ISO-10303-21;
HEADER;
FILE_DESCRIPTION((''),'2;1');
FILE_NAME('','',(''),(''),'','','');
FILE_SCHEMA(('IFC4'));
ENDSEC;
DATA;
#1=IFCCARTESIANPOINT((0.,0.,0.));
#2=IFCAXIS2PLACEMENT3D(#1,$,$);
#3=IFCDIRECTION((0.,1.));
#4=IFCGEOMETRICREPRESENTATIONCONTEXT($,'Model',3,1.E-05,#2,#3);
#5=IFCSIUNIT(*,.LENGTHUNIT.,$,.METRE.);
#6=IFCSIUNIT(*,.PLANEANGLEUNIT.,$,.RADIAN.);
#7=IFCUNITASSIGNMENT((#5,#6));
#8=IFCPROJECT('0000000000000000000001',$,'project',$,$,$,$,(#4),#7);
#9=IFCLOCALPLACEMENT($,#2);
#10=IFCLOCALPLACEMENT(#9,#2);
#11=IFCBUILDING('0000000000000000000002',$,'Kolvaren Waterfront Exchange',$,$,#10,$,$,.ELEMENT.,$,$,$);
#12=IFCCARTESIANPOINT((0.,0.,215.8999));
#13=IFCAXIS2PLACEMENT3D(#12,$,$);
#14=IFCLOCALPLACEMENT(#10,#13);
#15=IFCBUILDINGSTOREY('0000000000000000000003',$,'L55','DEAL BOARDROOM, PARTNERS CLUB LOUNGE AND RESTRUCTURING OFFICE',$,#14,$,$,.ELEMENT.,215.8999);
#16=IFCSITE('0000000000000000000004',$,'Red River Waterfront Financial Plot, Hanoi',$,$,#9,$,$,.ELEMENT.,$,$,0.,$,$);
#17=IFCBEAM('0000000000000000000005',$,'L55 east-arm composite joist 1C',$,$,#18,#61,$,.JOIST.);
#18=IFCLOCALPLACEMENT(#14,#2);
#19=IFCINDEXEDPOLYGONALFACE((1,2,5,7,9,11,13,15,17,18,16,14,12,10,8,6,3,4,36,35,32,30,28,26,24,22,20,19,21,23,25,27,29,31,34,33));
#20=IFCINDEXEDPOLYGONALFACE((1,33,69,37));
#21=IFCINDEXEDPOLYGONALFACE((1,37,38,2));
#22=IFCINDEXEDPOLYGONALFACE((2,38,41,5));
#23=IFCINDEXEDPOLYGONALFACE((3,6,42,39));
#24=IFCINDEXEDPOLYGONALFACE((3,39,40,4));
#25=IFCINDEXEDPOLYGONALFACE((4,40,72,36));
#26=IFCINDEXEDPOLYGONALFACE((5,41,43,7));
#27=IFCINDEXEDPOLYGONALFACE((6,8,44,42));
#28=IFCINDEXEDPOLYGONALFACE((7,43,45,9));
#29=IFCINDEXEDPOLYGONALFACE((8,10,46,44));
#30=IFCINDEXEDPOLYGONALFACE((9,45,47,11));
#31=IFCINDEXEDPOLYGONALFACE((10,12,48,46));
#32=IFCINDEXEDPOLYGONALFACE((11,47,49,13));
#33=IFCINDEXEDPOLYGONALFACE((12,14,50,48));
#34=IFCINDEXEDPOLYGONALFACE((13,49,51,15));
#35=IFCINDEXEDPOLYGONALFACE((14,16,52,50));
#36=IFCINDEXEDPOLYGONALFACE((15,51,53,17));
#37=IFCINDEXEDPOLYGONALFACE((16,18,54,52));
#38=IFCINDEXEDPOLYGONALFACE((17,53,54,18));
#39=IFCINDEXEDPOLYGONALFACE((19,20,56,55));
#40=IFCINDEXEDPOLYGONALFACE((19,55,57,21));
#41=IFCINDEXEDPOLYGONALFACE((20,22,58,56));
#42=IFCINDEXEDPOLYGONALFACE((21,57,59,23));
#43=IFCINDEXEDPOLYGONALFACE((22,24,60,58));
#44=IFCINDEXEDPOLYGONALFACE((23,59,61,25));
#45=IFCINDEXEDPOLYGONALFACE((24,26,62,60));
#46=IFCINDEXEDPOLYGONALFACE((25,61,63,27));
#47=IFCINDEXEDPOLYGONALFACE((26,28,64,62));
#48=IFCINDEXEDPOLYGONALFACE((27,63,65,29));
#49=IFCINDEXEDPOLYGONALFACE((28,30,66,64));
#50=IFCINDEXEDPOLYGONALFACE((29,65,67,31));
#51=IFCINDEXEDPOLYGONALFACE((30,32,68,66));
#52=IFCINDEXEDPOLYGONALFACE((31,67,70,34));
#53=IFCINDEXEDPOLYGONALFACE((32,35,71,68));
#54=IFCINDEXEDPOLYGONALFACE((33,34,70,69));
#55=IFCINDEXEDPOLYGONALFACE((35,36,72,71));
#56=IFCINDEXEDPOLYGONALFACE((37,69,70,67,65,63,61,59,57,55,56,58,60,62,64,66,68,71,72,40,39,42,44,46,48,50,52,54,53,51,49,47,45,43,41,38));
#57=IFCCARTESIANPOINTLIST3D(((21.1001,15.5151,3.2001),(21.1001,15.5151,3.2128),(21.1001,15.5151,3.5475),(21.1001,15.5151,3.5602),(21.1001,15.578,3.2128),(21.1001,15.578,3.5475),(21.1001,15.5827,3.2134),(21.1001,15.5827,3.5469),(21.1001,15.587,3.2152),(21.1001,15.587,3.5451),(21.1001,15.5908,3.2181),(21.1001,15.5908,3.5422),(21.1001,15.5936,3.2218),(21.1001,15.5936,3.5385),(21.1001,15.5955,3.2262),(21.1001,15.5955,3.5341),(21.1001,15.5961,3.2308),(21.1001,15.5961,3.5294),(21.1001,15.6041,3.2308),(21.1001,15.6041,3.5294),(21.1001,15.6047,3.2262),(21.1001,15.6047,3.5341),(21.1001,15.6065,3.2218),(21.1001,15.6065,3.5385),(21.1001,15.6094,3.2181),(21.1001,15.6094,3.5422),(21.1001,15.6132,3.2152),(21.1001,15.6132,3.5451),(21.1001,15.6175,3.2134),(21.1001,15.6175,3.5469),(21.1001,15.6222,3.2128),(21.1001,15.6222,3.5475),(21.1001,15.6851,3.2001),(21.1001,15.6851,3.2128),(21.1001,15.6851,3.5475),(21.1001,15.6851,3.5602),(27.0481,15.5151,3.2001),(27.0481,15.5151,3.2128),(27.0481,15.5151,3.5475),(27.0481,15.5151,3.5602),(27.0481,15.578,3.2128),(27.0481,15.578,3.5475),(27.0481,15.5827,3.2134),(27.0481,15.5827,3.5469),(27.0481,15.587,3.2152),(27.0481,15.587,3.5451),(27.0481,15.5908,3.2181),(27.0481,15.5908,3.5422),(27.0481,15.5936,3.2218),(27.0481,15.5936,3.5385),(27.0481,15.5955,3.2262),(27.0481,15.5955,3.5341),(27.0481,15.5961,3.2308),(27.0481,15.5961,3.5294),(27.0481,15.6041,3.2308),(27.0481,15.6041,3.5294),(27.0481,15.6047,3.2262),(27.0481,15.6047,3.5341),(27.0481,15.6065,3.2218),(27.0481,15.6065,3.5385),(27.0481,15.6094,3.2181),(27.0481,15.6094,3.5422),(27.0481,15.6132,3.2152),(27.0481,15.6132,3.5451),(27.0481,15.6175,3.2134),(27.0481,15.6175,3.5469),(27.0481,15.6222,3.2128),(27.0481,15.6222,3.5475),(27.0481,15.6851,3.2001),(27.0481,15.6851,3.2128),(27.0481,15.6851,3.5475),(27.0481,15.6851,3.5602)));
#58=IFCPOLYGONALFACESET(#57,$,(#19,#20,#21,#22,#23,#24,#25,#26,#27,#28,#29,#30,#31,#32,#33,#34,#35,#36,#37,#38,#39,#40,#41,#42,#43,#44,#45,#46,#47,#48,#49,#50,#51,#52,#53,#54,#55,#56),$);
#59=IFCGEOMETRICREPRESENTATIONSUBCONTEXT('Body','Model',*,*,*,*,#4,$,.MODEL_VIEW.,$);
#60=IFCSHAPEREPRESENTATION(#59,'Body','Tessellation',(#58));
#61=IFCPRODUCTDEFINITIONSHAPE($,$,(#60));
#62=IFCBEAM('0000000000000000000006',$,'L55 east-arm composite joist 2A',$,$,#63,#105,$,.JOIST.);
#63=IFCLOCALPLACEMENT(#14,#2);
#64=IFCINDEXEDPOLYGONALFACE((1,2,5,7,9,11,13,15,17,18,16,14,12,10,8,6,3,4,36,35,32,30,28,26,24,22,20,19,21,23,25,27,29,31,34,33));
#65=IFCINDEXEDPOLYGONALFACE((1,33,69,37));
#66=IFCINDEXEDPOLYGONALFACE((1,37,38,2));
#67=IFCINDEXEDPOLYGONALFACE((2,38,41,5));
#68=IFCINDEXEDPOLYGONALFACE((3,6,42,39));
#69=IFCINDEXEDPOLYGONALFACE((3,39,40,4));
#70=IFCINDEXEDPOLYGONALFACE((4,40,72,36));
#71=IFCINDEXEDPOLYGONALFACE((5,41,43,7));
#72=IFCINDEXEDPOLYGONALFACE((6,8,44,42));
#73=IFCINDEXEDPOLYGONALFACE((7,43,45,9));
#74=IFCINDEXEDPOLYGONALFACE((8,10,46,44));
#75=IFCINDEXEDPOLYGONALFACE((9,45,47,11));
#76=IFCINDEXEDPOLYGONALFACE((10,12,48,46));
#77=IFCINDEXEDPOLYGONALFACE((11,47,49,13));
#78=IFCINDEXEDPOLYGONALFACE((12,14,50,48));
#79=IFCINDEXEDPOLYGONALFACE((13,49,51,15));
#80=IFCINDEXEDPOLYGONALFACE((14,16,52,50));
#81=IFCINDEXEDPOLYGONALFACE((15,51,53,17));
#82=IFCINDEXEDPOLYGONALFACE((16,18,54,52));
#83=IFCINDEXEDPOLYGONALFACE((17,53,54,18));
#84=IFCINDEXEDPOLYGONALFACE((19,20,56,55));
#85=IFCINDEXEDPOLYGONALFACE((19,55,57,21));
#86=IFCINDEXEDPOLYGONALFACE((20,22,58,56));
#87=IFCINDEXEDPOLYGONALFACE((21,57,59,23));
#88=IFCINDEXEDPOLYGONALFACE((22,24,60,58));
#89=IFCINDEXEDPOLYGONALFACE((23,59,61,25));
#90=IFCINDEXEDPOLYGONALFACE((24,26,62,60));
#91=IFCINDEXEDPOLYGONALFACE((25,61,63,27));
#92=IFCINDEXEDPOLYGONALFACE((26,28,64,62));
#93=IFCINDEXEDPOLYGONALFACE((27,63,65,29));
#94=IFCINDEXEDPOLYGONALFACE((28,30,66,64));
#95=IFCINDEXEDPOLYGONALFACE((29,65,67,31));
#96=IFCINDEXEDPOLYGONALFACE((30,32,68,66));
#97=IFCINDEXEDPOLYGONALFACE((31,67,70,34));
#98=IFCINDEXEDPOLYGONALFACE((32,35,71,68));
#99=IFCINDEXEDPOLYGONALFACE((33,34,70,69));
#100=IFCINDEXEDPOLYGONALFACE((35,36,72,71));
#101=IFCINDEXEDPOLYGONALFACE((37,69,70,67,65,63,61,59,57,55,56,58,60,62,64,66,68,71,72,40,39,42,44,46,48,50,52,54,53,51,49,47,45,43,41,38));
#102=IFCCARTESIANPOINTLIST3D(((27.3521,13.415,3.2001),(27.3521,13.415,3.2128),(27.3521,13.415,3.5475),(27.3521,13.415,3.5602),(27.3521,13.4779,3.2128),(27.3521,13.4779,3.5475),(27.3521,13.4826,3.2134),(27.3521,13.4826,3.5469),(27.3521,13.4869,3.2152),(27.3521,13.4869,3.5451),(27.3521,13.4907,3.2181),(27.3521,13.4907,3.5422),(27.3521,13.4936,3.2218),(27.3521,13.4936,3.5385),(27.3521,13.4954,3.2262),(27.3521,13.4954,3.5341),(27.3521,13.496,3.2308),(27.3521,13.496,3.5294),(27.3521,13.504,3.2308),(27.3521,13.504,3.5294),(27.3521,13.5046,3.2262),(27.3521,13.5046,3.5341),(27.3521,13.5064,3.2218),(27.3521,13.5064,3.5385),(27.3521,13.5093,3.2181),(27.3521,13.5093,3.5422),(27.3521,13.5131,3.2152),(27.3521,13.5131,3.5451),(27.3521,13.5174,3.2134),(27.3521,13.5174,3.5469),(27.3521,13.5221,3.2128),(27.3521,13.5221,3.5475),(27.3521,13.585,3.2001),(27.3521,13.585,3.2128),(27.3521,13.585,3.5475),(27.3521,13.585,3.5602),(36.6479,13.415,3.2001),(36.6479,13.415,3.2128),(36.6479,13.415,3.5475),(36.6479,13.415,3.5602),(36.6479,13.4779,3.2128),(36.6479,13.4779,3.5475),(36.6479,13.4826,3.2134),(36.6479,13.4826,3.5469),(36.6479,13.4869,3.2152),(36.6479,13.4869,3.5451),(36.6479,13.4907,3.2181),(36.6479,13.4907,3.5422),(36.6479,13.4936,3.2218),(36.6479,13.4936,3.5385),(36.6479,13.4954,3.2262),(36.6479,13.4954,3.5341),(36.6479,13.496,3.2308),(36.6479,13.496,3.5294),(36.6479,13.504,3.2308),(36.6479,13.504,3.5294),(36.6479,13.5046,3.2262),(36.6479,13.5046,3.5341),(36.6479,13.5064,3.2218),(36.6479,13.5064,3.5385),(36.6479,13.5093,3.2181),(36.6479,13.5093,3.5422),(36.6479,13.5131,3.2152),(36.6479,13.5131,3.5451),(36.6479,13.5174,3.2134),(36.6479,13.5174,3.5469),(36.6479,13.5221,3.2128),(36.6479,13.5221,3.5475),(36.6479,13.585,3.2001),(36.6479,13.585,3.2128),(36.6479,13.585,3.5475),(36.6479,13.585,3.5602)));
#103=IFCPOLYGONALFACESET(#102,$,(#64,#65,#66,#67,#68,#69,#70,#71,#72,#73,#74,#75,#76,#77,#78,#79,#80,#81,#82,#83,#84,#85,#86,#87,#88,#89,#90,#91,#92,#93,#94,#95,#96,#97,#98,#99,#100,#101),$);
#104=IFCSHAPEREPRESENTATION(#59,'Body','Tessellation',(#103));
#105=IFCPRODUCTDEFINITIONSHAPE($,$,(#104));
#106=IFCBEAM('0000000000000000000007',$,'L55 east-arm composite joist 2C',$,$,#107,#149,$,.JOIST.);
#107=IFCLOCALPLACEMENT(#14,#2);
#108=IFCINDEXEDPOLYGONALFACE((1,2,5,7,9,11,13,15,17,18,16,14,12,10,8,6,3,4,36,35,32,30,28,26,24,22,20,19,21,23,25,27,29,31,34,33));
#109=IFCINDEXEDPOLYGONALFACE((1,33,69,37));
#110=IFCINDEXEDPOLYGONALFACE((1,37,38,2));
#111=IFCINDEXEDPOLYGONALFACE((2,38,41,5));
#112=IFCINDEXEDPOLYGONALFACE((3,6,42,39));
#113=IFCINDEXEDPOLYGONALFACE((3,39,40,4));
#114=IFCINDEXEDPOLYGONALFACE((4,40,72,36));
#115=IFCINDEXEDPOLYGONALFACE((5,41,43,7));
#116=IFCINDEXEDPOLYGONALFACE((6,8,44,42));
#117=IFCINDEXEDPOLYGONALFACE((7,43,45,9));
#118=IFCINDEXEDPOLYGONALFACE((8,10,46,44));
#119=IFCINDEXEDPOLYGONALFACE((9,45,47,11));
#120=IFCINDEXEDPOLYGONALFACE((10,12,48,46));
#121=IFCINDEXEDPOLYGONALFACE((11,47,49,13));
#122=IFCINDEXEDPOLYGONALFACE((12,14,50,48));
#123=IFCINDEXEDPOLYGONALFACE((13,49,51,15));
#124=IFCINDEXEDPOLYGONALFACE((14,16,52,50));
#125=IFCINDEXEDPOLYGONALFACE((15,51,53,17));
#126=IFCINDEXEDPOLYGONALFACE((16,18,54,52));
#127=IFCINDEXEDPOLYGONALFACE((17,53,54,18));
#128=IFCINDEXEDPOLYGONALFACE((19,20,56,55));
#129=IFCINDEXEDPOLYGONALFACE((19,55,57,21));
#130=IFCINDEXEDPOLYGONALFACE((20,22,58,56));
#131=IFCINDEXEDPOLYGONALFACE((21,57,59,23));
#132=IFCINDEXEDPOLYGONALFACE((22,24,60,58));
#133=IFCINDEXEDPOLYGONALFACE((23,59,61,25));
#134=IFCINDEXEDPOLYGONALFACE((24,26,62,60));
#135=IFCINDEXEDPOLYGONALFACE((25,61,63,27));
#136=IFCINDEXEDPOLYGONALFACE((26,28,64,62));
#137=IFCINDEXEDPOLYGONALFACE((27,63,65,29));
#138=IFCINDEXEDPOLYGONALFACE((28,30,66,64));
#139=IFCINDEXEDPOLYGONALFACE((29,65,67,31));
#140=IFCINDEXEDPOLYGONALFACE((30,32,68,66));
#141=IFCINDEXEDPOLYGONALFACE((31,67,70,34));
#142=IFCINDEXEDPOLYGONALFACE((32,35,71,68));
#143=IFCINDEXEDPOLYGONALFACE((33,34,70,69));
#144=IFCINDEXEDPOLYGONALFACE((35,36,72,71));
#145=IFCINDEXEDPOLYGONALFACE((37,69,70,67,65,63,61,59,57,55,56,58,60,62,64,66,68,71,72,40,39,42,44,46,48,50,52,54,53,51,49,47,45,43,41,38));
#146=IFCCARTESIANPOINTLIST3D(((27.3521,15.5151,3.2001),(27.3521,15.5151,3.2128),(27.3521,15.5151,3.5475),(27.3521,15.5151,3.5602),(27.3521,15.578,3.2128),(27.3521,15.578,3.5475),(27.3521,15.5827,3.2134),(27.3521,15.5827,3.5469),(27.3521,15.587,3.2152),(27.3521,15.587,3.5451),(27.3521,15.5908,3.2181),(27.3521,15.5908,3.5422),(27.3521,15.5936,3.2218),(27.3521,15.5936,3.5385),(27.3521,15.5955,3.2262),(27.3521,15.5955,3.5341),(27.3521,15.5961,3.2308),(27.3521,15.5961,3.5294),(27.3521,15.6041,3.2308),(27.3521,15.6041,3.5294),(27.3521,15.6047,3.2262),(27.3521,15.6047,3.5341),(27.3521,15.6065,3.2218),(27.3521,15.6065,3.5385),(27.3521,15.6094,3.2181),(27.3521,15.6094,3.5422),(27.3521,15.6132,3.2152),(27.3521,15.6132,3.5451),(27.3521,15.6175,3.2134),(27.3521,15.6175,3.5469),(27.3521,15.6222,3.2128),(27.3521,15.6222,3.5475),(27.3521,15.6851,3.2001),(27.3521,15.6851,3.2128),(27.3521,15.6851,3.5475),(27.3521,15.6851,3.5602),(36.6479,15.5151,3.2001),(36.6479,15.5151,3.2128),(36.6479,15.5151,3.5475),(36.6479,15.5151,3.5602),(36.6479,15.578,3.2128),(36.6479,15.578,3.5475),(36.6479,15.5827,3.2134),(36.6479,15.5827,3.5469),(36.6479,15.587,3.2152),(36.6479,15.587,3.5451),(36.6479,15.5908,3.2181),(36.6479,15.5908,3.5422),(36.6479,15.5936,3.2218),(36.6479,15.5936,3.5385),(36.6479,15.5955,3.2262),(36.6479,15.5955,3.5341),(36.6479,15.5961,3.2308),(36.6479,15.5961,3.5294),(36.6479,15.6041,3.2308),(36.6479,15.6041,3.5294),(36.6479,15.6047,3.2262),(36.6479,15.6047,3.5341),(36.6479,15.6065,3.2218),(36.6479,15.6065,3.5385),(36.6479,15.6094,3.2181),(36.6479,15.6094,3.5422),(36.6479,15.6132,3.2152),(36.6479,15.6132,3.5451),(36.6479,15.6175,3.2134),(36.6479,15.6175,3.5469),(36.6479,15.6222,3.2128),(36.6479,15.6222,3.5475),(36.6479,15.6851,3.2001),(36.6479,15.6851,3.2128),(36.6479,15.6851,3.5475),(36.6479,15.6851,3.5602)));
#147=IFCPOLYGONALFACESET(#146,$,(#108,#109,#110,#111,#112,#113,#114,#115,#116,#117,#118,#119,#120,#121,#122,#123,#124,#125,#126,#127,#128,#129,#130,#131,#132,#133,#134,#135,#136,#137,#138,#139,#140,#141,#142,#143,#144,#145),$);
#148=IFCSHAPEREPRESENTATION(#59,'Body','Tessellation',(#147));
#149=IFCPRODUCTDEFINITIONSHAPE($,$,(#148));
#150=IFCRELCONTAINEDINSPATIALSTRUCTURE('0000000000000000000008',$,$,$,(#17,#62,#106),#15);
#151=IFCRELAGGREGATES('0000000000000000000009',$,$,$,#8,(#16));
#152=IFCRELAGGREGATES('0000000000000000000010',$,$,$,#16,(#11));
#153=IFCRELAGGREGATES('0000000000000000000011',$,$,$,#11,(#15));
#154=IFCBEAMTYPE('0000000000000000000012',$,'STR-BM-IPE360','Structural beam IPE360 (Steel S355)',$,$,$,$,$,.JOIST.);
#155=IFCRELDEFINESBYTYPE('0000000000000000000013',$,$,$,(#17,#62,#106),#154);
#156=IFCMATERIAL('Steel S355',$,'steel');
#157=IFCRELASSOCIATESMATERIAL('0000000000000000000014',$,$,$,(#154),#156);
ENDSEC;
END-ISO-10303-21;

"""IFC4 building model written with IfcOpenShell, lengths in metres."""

from ifc_helpers import new_model, si_unit, direction, frame, origin, origin_2d, place, context, subcontext, project, spatial, i_section, extrude, material, material_profile, profile_set, type_object, element, save


model = new_model("IFC4")

# Units and contexts
model_context = context("Model", 3, precision=1e-05, world=origin(), true_north=direction((0.0, 1.0)))
body_context = subcontext(model_context, "Body", "Model", "MODEL_VIEW")
ifc_project = project(units=[si_unit("LENGTHUNIT", "METRE"), si_unit("PLANEANGLEUNIT", "RADIAN")], contexts=[model_context])

# Site, building, storey
site_placement = place(None, origin())
site = spatial("IfcSite", under=ifc_project, at=site_placement, Name="Red River Waterfront Financial Plot, Hanoi", CompositionType="ELEMENT", RefElevation=0.0)
building_placement = place(site_placement, origin())
building = spatial("IfcBuilding", under=site, at=building_placement, Name="Kolvaren Waterfront Exchange", CompositionType="ELEMENT")
storey_placement = place(building_placement, frame((0.0, 0.0, 215.8999)))
storey = spatial("IfcBuildingStorey", under=building, at=storey_placement, Name="L55", Description="DEAL BOARDROOM, PARTNERS CLUB LOUNGE AND RESTRUCTURING OFFICE", CompositionType="ELEMENT", Elevation=215.8999)

# Beams
ifc_material_1 = material(Name="Steel S355", Category="steel")
ifc_material_profile_1 = material_profile(ifc_material_1, i_section(OverallWidth=0.1699, OverallDepth=0.3601, WebThickness=0.0081, FlangeThickness=0.0127, FilletRadius=0.0181, at=origin_2d()), Name="IPE360")
ifc_profile_set_1 = profile_set([ifc_material_profile_1], Name="Steel S355")
beam_type_1 = type_object("IfcBeamType", Name="STR-BM-IPE360", Description="Structural beam IPE360 (Steel S355)", PredefinedType="JOIST", material=ifc_profile_set_1)
for number, where, z_axis, x_axis, name in (
    (1, (21.1001, 15.6001, 3.3801), (1.0, 0.0, 0.0), (0.0, 1.0, 0.0), "L55 east-arm composite joist 1C"),
):
    element("IfcBeam", number, at=place(storey_placement, frame(where, z_axis=z_axis, x_axis=x_axis)), inside=storey, type_object=beam_type_1, Name=name, PredefinedType="JOIST", context=body_context, shape_type="SweptSolid", body=[
        extrude(i_section(OverallWidth=0.1699, OverallDepth=0.3601, WebThickness=0.0081, FlangeThickness=0.0127, FilletRadius=0.0181, at=origin_2d()), origin(), (0.0, 0.0, 1.0), 5.948),
    ])
for number, where, z_axis, x_axis, name in (
    (2, (27.3521, 13.5, 3.3801), (1.0, 0.0, 0.0), (0.0, 1.0, 0.0), "L55 east-arm composite joist 2A"),
    (3, (27.3521, 15.6001, 3.3801), (1.0, 0.0, 0.0), (0.0, 1.0, 0.0), "L55 east-arm composite joist 2C"),
):
    element("IfcBeam", number, at=place(storey_placement, frame(where, z_axis=z_axis, x_axis=x_axis)), inside=storey, type_object=beam_type_1, Name=name, PredefinedType="JOIST", context=body_context, shape_type="SweptSolid", body=[
        extrude(i_section(OverallWidth=0.1699, OverallDepth=0.3601, WebThickness=0.0081, FlangeThickness=0.0127, FilletRadius=0.0181, at=origin_2d()), origin(), (0.0, 0.0, 1.0), 9.2959),
    ])

save(model, "model.ifc")
